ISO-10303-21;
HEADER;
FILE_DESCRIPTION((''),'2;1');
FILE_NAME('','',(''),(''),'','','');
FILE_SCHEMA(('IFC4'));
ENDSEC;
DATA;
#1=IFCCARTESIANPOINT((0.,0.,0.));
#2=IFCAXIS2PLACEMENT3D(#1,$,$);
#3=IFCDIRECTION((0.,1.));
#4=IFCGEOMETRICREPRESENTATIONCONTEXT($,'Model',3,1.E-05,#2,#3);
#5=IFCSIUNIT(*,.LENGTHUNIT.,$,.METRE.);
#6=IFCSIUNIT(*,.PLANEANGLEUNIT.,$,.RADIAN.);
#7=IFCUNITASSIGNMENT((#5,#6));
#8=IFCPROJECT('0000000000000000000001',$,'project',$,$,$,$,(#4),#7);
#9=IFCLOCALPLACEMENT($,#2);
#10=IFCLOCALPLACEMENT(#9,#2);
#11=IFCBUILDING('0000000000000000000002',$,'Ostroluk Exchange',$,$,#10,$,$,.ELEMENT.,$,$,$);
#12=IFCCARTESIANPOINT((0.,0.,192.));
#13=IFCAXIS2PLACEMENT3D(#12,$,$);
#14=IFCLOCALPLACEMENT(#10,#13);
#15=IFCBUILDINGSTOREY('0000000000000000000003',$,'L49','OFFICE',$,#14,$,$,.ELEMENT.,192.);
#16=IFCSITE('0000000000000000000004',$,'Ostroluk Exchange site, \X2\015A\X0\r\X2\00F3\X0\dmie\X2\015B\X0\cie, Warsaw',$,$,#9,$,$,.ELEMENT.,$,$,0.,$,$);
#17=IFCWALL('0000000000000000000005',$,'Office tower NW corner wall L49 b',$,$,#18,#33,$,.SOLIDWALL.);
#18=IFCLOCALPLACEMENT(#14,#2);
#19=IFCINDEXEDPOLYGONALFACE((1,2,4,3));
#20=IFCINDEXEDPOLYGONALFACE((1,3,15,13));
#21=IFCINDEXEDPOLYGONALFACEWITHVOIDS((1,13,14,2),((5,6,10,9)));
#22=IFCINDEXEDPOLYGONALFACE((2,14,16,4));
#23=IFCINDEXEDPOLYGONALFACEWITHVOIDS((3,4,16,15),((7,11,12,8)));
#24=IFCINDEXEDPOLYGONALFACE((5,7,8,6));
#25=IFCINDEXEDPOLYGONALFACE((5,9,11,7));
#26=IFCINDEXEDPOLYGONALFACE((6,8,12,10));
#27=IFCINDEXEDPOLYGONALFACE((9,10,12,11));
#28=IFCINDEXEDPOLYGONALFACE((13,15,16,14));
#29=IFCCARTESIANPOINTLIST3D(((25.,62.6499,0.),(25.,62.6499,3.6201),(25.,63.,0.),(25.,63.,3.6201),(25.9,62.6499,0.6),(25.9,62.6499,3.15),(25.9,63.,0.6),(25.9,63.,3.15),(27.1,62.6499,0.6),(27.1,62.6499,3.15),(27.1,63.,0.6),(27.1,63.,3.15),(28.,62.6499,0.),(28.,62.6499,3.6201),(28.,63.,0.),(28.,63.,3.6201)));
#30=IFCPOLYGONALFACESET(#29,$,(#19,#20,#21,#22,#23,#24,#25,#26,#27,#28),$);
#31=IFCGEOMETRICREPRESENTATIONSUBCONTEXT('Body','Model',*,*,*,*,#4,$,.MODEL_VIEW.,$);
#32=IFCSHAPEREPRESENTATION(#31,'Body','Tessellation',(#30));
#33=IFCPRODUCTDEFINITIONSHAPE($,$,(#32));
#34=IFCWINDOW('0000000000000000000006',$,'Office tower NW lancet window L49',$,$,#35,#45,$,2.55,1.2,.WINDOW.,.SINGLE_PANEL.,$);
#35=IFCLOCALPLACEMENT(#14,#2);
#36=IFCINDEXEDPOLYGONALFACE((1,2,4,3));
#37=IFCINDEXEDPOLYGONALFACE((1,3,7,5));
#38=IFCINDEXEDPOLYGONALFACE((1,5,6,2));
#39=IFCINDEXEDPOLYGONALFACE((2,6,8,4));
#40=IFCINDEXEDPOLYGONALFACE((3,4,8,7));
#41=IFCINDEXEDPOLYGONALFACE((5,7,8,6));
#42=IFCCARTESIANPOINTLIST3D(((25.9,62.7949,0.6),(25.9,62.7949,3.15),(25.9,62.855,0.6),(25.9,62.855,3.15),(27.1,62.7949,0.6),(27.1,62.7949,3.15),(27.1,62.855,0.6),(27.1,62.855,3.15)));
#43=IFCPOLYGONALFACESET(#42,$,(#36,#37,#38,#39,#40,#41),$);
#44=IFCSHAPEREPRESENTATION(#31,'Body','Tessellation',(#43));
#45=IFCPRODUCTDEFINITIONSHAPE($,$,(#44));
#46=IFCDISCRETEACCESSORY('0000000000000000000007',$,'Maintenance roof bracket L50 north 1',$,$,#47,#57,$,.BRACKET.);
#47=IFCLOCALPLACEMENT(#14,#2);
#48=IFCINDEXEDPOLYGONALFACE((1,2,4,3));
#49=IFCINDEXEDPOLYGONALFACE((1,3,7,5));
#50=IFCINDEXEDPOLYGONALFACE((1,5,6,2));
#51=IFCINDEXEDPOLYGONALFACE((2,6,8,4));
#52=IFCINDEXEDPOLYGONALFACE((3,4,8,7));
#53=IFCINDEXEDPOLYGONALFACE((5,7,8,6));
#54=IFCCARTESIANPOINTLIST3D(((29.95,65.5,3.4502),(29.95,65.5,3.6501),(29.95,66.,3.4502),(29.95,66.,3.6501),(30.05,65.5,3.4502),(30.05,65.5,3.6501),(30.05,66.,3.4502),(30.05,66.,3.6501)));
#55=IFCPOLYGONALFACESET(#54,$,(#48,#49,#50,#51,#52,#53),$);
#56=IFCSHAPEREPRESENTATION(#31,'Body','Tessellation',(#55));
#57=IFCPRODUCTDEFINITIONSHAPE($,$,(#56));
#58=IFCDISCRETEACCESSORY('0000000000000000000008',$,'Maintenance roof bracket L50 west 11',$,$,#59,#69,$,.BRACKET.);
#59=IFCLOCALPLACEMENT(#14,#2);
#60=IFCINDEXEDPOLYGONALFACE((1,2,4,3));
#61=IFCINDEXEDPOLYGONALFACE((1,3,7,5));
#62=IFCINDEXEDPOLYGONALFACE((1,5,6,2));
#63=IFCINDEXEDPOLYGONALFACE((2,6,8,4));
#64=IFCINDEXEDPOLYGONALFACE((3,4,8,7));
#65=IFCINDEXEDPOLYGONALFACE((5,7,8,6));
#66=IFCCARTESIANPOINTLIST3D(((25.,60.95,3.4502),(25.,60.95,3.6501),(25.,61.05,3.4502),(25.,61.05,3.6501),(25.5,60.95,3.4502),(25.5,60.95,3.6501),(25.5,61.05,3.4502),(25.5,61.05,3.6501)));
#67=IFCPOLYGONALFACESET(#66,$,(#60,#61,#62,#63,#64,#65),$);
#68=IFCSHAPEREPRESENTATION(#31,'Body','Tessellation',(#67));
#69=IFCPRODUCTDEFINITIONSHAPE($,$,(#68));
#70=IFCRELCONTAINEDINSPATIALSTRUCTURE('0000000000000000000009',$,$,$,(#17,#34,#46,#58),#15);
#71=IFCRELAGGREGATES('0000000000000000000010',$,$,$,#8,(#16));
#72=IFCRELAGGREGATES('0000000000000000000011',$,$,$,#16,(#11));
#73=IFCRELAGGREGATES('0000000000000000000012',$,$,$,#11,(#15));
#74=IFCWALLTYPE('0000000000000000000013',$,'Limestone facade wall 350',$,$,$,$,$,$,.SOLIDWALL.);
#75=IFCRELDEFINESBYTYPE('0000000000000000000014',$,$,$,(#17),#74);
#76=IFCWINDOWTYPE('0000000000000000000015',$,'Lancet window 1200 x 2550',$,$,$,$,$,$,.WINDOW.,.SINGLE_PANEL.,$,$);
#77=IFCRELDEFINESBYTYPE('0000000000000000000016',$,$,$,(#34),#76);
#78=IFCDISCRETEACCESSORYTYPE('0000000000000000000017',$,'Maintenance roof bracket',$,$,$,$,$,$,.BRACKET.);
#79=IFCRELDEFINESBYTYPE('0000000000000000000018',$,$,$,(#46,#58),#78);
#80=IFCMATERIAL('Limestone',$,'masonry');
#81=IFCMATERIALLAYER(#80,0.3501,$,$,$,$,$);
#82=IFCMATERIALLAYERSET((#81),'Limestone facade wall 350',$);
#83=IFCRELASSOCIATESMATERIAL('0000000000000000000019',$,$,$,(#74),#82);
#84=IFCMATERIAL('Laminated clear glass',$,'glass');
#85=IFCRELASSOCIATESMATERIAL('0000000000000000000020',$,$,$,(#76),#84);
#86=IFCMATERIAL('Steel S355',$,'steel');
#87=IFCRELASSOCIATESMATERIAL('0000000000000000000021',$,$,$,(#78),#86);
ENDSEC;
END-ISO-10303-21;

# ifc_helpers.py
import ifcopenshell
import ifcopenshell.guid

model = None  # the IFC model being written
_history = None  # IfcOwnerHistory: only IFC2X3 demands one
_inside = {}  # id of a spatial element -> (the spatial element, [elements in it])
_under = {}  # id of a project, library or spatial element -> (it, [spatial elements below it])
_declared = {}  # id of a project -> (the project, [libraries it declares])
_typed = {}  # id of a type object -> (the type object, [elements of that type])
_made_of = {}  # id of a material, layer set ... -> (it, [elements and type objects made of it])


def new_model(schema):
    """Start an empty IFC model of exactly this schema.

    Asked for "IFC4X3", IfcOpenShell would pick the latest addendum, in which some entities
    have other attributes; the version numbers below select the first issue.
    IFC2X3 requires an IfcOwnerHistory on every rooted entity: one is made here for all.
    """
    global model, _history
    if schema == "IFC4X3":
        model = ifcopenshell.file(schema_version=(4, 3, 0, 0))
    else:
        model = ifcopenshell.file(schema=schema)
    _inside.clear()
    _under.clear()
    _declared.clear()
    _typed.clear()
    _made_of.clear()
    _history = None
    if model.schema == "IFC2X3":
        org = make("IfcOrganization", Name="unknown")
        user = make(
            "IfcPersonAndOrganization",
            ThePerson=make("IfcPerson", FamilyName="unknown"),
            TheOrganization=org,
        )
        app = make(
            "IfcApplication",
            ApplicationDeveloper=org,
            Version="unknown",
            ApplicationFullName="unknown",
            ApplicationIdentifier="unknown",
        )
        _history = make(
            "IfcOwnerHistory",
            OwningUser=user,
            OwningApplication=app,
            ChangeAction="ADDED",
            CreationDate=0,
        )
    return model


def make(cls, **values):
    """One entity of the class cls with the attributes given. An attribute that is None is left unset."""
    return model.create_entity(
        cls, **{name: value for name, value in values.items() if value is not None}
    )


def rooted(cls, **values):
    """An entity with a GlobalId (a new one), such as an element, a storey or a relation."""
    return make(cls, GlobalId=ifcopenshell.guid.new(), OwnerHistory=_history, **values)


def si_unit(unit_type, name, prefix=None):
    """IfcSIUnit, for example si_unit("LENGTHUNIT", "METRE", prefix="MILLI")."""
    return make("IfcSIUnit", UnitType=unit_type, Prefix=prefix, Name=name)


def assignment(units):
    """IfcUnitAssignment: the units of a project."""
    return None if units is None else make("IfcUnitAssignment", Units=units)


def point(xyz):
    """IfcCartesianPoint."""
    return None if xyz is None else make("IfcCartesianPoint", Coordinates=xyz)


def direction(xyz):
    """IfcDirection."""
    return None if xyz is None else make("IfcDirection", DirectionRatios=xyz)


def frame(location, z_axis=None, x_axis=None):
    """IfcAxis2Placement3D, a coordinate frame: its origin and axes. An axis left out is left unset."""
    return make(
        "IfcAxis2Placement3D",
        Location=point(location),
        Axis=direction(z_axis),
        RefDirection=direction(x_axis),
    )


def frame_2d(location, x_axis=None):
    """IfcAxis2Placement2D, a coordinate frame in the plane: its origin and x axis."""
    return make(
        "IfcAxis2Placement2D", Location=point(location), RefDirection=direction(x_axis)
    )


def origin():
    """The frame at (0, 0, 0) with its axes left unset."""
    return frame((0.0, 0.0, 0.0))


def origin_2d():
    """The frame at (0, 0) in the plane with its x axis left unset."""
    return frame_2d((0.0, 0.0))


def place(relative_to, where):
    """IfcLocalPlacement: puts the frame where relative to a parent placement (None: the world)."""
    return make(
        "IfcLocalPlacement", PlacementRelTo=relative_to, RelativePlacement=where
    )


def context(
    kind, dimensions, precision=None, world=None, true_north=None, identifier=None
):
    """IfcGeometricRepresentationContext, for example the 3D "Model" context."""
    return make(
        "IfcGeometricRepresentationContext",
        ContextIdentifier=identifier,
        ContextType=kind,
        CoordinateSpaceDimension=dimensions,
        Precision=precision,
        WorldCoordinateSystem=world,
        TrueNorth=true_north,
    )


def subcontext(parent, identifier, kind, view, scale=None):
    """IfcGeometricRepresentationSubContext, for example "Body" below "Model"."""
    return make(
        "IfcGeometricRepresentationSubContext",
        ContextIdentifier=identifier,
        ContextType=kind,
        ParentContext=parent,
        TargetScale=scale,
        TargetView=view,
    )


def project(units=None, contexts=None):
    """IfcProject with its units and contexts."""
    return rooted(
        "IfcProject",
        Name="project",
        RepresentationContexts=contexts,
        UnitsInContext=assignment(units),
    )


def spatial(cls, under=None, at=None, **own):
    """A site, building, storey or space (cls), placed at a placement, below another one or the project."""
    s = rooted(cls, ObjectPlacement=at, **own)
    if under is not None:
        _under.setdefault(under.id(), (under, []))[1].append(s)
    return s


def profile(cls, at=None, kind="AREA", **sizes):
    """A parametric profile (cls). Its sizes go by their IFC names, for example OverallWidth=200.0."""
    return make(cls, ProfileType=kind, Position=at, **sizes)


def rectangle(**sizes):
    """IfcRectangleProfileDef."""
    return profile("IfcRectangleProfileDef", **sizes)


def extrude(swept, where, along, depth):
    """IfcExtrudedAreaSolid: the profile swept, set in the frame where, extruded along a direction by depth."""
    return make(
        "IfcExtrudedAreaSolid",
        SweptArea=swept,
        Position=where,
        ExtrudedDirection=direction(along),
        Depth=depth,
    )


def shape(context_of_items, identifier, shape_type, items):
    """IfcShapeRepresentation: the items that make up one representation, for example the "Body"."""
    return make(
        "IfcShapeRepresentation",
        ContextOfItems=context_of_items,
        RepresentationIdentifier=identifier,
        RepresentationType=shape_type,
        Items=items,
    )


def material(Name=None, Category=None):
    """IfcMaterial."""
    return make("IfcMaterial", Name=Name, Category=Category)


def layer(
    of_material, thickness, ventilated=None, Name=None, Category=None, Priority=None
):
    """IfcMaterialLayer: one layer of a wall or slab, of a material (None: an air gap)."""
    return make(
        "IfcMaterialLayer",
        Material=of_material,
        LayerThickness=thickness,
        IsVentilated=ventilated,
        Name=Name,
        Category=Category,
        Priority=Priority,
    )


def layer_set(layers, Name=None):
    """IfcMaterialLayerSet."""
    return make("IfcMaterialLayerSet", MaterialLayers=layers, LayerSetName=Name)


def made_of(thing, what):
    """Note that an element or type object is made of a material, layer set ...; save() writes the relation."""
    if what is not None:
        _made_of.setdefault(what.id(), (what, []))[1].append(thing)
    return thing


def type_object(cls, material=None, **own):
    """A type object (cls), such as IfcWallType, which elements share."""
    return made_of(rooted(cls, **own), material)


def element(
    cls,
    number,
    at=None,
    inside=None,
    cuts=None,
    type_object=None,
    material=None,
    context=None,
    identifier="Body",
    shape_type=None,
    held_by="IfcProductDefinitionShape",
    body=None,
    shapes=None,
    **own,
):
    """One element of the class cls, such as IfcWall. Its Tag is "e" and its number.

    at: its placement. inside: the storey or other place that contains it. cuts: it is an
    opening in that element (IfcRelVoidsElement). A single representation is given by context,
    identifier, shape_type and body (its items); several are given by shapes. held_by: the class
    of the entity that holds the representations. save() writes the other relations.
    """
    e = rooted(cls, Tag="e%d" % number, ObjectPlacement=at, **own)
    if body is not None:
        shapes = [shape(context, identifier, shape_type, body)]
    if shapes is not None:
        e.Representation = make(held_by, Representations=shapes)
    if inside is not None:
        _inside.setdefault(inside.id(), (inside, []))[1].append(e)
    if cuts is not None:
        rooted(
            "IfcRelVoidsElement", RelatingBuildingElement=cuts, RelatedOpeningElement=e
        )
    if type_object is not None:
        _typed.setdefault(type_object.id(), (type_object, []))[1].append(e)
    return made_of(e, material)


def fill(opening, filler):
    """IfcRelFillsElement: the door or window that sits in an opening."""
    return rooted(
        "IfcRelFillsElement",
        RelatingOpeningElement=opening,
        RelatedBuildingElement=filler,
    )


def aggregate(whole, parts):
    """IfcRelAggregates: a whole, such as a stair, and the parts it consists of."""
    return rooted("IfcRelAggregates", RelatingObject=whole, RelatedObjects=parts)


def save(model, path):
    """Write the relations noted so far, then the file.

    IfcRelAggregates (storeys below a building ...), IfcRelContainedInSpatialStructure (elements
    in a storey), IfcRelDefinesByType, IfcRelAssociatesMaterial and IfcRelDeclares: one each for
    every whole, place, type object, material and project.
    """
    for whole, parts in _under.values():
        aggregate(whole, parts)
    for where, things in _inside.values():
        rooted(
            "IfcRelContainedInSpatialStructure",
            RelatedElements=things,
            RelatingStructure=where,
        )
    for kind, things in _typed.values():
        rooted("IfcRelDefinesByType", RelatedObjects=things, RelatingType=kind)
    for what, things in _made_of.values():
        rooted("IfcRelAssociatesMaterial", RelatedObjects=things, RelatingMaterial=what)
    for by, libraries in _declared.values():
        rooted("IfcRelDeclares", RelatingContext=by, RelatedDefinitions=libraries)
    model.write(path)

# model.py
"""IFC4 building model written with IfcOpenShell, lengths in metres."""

from ifc_helpers import new_model, si_unit, direction, frame, frame_2d, origin, origin_2d, place, context, subcontext, project, spatial, rectangle, extrude, material, layer, layer_set, type_object, element, fill, save


model = new_model("IFC4")

# Units and contexts
model_context = context("Model", 3, precision=1e-05, world=origin(), true_north=direction((0.0, 1.0)))
body_context = subcontext(model_context, "Body", "Model", "MODEL_VIEW")
ifc_project = project(units=[si_unit("LENGTHUNIT", "METRE"), si_unit("PLANEANGLEUNIT", "RADIAN")], contexts=[model_context])

# Site, building, storey
site_placement = place(None, origin())
site = spatial("IfcSite", under=ifc_project, at=site_placement, Name="Ostroluk Exchange site, Śródmieście, Warsaw", CompositionType="ELEMENT", RefElevation=0.0)
building_placement = place(site_placement, origin())
building = spatial("IfcBuilding", under=site, at=building_placement, Name="Ostroluk Exchange", CompositionType="ELEMENT")
storey_placement = place(building_placement, frame((0.0, 0.0, 192.0)))
storey = spatial("IfcBuildingStorey", under=building, at=storey_placement, Name="L49", Description="OFFICE", CompositionType="ELEMENT", Elevation=192.0)

# Shared definitions
ifc_material_1 = material(Name="Limestone", Category="masonry")
ifc_layer_1 = layer(ifc_material_1, 0.3501)
ifc_layer_set_1 = layer_set([ifc_layer_1], Name="Limestone facade wall 350")
wall_type = type_object("IfcWallType", Name="Limestone facade wall 350", PredefinedType="SOLIDWALL", material=ifc_layer_set_1)

# Wall, opening, window
wall_1_placement = place(storey_placement, frame((28.0, 62.825, 0.0), z_axis=(0.0, 0.0, 1.0), x_axis=(-1.0, 0.0, 0.0)))
wall_1 = element("IfcWall", 1, at=wall_1_placement, inside=storey, type_object=wall_type, Name="Office tower NW corner wall L49 b", PredefinedType="SOLIDWALL", context=body_context, shape_type="SweptSolid", body=[
    extrude(rectangle(XDim=3.0, YDim=0.3501, at=frame_2d((1.5, 0.0))), origin(), (0.0, 0.0, 1.0), 3.6201),
])
opening_1_placement = place(wall_1_placement, frame((0.8999, 0.0, 0.6001)))
opening_1 = element("IfcOpeningElement", 2, at=opening_1_placement, cuts=wall_1, PredefinedType="OPENING", context=body_context, shape_type="SweptSolid", body=[
    extrude(rectangle(XDim=1.2, YDim=2.55, at=frame_2d((0.6001, 1.2749))), frame((0.0, 0.1851, 0.0), z_axis=(0.0, -1.0, 0.0), x_axis=(1.0, 0.0, 0.0)), (0.0, 0.0, 1.0), 0.3701),
])
ifc_material_2 = material(Name="Laminated clear glass", Category="glass")
window_type = type_object("IfcWindowType", Name="Lancet window 1200 x 2550", PartitioningType="SINGLE_PANEL", PredefinedType="WINDOW", material=ifc_material_2)
window_placement = place(opening_1_placement, origin())
window = element("IfcWindow", 3, at=window_placement, inside=storey, type_object=window_type, Name="Office tower NW lancet window L49", OverallHeight=2.55, OverallWidth=1.2, PartitioningType="SINGLE_PANEL", PredefinedType="WINDOW", context=body_context, shape_type="SweptSolid", body=[
    extrude(rectangle(XDim=1.2, YDim=2.55, at=frame_2d((0.6001, 1.2749))), frame((0.0, 0.03, 0.0), z_axis=(0.0, -1.0, 0.0), x_axis=(1.0, 0.0, 0.0)), (0.0, 0.0, 1.0), 0.0601),
])
fill(opening_1, window)

# Discrete accessories
ifc_material_3 = material(Name="Steel S355", Category="steel")
discrete_accessory_type = type_object("IfcDiscreteAccessoryType", Name="Maintenance roof bracket", PredefinedType="BRACKET", material=ifc_material_3)
discrete_accessory_1_placement = place(storey_placement, frame((30.0, 65.75, 3.4502), z_axis=(0.0, 0.0, 1.0), x_axis=(1.0, 0.0, 0.0)))
element("IfcDiscreteAccessory", 4, at=discrete_accessory_1_placement, inside=storey, type_object=discrete_accessory_type, Name="Maintenance roof bracket L50 north 1", PredefinedType="BRACKET", context=body_context, shape_type="SweptSolid", body=[
    extrude(rectangle(XDim=0.1001, YDim=0.5, at=origin_2d()), origin(), (0.0, 0.0, 1.0), 0.2),
])
discrete_accessory_2_placement = place(storey_placement, frame((25.25, 61.0, 3.4502), z_axis=(0.0, 0.0, 1.0), x_axis=(1.0, 0.0, 0.0)))
element("IfcDiscreteAccessory", 5, at=discrete_accessory_2_placement, inside=storey, type_object=discrete_accessory_type, Name="Maintenance roof bracket L50 west 11", PredefinedType="BRACKET", context=body_context, shape_type="SweptSolid", body=[
    extrude(rectangle(XDim=0.5, YDim=0.1001, at=origin_2d()), origin(), (0.0, 0.0, 1.0), 0.2),
])

save(model, "model.ifc")
